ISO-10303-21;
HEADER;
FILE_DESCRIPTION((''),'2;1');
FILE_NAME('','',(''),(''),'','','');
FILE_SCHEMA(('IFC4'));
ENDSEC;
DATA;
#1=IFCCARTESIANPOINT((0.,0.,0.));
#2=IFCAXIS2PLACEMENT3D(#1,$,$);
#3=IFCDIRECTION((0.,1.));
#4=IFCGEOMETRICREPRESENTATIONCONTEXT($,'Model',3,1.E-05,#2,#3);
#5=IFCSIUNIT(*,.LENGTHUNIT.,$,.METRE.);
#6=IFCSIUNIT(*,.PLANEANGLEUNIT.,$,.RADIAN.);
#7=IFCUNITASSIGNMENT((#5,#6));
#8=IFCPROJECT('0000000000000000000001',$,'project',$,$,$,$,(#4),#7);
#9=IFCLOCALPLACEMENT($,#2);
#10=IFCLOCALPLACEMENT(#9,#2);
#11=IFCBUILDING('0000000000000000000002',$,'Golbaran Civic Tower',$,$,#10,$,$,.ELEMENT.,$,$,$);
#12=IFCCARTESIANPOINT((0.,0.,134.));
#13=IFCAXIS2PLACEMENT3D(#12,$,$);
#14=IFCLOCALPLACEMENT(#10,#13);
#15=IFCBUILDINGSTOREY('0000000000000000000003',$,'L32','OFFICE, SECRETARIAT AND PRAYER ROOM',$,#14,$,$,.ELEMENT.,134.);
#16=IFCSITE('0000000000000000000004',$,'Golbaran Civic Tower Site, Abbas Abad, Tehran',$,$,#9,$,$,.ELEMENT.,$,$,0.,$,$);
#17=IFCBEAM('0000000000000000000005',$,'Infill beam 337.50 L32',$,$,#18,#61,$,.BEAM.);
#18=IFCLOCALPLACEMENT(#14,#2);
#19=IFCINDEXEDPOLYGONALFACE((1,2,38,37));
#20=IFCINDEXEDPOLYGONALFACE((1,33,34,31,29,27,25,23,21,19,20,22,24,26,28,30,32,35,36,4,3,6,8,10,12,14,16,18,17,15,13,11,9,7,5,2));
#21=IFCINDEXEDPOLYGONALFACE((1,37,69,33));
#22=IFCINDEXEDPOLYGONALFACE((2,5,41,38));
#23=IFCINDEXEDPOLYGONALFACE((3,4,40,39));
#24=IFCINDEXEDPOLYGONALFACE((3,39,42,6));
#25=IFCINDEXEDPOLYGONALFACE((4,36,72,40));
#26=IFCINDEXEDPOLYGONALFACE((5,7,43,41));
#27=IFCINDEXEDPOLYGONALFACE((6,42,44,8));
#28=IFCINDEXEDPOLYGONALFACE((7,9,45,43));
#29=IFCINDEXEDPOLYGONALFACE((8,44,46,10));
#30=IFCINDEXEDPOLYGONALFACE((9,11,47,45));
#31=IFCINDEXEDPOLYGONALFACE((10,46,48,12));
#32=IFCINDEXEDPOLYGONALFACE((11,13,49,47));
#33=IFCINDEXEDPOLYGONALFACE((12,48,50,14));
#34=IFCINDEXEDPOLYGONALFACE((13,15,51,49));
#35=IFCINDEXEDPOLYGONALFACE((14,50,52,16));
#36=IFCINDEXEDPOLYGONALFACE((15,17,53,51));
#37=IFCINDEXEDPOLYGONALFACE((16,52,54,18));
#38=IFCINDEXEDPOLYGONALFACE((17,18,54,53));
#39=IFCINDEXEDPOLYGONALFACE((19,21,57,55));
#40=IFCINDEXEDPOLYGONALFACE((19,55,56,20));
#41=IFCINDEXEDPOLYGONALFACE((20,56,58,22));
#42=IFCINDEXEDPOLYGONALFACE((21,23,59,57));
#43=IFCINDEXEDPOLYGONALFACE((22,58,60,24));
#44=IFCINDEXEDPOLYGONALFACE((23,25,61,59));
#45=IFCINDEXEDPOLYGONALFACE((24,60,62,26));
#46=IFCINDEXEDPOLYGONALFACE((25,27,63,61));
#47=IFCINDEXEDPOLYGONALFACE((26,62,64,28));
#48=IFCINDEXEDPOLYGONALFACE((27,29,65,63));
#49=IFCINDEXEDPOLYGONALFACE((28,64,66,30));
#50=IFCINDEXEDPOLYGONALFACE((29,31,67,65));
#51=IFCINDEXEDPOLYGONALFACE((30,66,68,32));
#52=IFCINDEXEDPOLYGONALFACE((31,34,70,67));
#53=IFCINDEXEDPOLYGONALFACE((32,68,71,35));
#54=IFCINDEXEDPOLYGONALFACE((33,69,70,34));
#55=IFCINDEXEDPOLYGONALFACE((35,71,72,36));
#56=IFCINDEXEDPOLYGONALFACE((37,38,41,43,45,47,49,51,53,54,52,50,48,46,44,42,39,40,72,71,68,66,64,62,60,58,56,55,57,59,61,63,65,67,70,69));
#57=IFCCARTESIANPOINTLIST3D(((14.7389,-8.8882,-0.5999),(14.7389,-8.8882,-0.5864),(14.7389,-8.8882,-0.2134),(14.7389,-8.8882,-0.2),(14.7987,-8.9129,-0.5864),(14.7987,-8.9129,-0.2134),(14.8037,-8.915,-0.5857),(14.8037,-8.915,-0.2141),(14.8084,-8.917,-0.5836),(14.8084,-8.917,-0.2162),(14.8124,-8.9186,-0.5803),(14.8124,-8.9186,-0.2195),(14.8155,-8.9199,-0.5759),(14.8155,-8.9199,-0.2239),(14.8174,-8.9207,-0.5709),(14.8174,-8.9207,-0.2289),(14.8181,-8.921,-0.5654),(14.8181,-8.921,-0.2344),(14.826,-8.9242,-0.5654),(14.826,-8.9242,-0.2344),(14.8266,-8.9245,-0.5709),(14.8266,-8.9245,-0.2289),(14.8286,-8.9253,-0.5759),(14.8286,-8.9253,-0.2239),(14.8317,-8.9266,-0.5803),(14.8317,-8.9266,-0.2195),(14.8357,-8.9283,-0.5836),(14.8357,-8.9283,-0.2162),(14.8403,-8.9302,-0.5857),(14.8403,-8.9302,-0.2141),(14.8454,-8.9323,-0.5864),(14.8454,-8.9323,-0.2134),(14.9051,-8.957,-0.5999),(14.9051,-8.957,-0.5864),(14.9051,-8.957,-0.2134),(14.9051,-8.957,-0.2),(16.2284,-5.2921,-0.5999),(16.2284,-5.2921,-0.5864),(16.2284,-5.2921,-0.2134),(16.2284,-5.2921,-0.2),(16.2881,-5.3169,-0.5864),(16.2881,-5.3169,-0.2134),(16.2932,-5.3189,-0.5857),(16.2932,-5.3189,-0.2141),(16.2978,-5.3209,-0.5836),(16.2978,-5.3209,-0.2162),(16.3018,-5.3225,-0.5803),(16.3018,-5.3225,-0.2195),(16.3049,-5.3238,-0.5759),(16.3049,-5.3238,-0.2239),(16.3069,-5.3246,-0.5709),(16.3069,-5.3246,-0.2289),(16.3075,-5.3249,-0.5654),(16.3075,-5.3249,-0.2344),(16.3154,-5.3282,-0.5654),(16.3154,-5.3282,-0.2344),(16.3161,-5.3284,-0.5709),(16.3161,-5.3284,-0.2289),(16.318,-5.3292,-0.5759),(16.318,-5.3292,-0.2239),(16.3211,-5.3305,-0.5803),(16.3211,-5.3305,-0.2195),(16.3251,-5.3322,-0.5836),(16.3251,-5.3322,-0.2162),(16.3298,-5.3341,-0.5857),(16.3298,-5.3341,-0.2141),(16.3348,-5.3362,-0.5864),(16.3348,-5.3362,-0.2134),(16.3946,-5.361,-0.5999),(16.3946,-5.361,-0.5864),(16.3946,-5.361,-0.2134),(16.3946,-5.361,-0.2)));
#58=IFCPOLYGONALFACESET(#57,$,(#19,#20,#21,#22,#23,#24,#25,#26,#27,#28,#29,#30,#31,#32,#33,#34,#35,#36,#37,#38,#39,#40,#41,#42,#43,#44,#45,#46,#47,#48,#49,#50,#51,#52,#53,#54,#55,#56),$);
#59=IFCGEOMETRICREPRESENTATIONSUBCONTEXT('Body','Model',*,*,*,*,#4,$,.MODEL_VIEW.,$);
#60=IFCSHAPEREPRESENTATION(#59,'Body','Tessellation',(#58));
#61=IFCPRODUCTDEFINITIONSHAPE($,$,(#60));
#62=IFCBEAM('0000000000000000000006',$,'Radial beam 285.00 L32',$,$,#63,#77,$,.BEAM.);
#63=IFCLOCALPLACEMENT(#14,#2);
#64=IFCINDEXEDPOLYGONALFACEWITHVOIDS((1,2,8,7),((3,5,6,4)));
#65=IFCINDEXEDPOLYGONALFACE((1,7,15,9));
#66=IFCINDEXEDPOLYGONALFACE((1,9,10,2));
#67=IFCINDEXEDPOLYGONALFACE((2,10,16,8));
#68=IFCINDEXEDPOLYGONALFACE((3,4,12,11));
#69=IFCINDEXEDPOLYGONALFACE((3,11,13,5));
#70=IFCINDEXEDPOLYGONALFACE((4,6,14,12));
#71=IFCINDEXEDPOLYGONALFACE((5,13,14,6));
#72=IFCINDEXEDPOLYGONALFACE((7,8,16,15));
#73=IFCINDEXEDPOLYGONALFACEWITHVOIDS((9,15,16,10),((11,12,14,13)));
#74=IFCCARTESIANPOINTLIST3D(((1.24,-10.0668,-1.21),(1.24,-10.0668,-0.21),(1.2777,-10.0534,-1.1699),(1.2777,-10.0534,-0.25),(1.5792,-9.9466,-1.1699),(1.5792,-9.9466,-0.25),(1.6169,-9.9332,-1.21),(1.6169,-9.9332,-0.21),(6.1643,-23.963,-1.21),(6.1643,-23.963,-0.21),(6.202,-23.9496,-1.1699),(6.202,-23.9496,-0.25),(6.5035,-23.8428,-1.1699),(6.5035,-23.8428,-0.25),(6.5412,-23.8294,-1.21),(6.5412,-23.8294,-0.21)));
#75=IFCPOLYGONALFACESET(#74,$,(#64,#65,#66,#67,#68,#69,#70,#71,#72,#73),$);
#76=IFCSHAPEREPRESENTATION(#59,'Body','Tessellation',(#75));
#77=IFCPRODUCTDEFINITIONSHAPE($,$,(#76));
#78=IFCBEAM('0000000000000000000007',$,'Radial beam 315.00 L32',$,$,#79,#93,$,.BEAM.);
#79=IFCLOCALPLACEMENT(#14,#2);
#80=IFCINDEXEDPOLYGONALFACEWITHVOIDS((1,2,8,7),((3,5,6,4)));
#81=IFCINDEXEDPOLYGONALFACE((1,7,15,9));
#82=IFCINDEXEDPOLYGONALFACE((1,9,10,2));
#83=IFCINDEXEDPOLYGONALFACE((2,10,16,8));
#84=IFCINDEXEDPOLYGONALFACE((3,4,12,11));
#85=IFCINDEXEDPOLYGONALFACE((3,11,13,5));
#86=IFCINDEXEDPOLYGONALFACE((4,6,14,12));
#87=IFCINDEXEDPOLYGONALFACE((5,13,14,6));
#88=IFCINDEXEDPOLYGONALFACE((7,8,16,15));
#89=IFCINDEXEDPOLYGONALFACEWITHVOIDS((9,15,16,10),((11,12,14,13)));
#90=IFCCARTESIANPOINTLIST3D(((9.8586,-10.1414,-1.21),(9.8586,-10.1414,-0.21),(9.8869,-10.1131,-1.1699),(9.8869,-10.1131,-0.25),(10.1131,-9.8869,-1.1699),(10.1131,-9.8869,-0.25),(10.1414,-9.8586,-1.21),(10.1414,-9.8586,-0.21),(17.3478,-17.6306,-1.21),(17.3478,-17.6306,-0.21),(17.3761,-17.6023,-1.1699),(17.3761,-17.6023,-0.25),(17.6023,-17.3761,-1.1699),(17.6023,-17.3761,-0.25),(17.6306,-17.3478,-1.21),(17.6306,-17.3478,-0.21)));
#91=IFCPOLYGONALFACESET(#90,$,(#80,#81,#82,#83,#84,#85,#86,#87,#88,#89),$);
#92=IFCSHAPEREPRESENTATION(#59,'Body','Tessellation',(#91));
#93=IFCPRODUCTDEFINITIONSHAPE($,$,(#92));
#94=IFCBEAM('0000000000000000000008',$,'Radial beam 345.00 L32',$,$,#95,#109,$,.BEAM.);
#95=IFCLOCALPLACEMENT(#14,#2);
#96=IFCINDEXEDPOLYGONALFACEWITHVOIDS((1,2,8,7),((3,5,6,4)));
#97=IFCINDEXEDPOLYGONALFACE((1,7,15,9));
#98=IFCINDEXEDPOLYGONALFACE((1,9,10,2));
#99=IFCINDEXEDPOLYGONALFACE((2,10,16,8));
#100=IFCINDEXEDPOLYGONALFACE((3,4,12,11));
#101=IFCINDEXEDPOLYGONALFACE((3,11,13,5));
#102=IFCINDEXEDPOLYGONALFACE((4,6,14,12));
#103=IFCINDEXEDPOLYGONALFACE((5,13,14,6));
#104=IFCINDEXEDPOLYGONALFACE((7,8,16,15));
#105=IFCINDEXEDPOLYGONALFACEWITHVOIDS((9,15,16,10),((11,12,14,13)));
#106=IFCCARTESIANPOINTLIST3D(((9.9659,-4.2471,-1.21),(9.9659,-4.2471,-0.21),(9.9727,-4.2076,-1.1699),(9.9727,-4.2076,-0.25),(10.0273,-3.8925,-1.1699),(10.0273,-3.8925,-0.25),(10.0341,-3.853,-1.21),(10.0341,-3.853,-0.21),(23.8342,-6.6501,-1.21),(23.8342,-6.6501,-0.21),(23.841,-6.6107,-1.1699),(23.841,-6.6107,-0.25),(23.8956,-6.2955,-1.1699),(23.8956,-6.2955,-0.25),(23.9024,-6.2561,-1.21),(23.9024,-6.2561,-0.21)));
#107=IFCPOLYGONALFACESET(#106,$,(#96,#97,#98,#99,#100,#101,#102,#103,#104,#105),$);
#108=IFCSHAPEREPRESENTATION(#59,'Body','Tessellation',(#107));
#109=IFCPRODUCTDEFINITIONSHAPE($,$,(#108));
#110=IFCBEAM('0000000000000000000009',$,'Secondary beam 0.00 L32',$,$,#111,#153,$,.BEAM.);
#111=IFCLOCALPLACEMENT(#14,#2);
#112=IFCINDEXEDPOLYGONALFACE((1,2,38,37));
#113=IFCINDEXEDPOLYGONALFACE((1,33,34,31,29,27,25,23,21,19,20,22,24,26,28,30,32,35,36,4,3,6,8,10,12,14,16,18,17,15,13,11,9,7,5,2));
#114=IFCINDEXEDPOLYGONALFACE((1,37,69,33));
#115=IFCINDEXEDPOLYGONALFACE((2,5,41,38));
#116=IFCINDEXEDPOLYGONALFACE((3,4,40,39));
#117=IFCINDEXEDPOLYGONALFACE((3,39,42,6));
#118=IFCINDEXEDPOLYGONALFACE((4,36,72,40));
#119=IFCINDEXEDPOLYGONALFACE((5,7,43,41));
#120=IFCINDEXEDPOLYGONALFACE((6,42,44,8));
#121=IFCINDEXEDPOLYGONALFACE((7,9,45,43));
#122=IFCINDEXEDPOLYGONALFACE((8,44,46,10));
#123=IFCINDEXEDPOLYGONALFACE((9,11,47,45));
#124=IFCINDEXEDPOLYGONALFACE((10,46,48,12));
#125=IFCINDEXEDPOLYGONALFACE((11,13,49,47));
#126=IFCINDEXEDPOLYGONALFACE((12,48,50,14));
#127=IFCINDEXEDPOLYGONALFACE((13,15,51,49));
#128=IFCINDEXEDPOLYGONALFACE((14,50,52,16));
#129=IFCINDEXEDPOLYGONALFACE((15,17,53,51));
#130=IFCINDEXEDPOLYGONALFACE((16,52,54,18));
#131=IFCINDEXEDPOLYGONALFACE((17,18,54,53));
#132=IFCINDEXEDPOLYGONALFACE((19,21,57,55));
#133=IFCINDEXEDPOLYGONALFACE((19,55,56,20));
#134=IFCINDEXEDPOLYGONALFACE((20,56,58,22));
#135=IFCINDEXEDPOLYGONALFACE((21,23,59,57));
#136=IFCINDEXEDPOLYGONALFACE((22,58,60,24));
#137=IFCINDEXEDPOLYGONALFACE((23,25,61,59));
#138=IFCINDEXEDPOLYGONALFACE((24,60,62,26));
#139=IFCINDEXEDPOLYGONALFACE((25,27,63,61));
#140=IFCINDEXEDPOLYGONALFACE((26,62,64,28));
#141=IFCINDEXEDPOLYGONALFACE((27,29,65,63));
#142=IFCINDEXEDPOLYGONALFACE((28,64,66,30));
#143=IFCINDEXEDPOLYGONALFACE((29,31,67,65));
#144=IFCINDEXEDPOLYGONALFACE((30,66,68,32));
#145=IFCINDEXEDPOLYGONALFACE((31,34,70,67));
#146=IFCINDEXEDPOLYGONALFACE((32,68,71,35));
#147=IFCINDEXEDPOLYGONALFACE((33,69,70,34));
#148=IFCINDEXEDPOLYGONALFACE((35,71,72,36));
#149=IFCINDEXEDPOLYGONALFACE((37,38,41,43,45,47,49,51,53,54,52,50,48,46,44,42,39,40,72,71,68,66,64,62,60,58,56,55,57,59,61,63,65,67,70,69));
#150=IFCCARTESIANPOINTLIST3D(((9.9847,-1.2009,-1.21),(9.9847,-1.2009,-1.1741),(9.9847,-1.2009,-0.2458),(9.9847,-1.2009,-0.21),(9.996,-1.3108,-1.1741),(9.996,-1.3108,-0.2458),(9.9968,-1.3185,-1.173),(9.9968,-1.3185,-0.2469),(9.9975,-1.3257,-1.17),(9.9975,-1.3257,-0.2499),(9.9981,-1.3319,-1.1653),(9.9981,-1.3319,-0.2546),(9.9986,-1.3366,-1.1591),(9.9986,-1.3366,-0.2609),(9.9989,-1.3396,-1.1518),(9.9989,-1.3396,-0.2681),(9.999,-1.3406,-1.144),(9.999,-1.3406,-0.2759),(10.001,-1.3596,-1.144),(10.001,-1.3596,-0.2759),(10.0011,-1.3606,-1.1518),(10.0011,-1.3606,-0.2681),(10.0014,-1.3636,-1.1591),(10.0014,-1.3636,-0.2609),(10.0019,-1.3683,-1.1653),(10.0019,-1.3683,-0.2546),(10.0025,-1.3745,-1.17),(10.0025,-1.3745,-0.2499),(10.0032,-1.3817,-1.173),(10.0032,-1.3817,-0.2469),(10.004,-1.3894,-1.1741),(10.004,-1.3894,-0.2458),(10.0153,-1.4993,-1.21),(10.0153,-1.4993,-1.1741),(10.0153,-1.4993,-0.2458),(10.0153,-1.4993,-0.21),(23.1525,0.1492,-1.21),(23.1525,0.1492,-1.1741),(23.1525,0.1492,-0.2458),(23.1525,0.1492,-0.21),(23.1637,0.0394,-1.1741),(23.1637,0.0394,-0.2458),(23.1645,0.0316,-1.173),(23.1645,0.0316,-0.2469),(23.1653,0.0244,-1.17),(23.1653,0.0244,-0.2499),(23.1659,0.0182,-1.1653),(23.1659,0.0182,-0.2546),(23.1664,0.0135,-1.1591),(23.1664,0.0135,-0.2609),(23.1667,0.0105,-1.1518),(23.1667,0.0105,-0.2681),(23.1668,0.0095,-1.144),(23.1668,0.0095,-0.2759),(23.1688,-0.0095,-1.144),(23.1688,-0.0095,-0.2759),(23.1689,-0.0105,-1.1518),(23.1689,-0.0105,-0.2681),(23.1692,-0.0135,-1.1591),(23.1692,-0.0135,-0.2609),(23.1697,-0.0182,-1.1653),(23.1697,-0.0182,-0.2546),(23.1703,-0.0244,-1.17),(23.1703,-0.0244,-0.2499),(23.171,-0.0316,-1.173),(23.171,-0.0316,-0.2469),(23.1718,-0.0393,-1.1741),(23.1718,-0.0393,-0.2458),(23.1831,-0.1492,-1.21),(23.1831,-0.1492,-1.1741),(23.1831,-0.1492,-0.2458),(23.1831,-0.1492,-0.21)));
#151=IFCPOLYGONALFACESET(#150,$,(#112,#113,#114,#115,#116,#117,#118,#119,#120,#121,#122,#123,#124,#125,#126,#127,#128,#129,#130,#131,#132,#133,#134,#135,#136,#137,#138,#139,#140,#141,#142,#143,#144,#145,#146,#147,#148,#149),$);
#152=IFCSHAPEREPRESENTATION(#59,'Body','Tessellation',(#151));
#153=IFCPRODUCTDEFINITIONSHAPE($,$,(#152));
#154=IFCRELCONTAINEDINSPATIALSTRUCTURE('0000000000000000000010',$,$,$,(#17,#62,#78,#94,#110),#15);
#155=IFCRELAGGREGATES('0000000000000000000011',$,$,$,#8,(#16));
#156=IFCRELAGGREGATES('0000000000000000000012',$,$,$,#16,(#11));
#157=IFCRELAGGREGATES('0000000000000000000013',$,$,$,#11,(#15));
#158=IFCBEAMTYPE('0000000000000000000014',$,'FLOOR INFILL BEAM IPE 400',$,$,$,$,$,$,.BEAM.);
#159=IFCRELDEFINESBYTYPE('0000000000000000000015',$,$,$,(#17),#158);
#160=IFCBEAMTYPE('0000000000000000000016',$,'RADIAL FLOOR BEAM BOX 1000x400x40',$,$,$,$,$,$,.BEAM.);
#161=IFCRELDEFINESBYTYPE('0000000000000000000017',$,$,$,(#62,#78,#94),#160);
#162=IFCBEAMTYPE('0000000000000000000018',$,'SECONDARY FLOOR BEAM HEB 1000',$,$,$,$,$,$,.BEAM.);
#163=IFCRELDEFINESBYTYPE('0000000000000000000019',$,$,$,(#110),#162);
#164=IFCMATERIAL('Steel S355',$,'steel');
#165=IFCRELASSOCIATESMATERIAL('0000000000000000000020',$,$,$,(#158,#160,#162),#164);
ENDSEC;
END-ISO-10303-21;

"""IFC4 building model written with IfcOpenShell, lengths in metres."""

from ifc_helpers import new_model, si_unit, direction, frame, origin, origin_2d, place, context, subcontext, project, spatial, hollow_rectangle, i_section, extrude, material, material_profile, profile_set, type_object, element, save


model = new_model("IFC4")

# Units and contexts
model_context = context("Model", 3, precision=1e-05, world=origin(), true_north=direction((0.0, 1.0)))
body_context = subcontext(model_context, "Body", "Model", "MODEL_VIEW")
ifc_project = project(units=[si_unit("LENGTHUNIT", "METRE"), si_unit("PLANEANGLEUNIT", "RADIAN")], contexts=[model_context])

# Site, building, storey
site_placement = place(None, origin())
site = spatial("IfcSite", under=ifc_project, at=site_placement, Name="Golbaran Civic Tower Site, Abbas Abad, Tehran", CompositionType="ELEMENT", RefElevation=0.0)
building_placement = place(site_placement, origin())
building = spatial("IfcBuilding", under=site, at=building_placement, Name="Golbaran Civic Tower", CompositionType="ELEMENT")
storey_placement = place(building_placement, frame((0.0, 0.0, 134.0)))
storey = spatial("IfcBuildingStorey", under=building, at=storey_placement, Name="L32", Description="OFFICE, SECRETARIAT AND PRAYER ROOM", CompositionType="ELEMENT", Elevation=134.0)

# Beams
ifc_material_1 = material(Name="Steel S355", Category="steel")
ifc_material_profile_1 = material_profile(ifc_material_1, i_section(OverallWidth=0.1799, OverallDepth=0.3999, WebThickness=0.0085, FlangeThickness=0.0134, FilletRadius=0.021, at=origin_2d()), Name="IPE 400")
ifc_profile_set_1 = profile_set([ifc_material_profile_1], Name="Steel S355")
beam_type_1 = type_object("IfcBeamType", Name="FLOOR INFILL BEAM IPE 400", PredefinedType="BEAM", material=ifc_profile_set_1)
beam_1_placement = place(storey_placement, frame((14.822, -8.9226, -0.3999), z_axis=(0.382664, 0.923888, 0.0), x_axis=(-0.923888, 0.382664, 0.0)))
element("IfcBeam", 1, at=beam_1_placement, inside=storey, type_object=beam_type_1, Name="Infill beam 337.50 L32", PredefinedType="BEAM", context=body_context, shape_type="SweptSolid", body=[
    extrude(i_section(OverallWidth=0.1799, OverallDepth=0.3999, WebThickness=0.0085, FlangeThickness=0.0134, FilletRadius=0.021, at=origin_2d()), origin(), (0.0, 0.0, 1.0), 3.8923),
])
ifc_material_profile_2 = material_profile(ifc_material_1, hollow_rectangle(XDim=0.3999, YDim=1.0, WallThickness=0.04, at=origin_2d()), Name="BOX 1000x400x40")
ifc_profile_set_2 = profile_set([ifc_material_profile_2], Name="Steel S355")
beam_type_2 = type_object("IfcBeamType", Name="RADIAL FLOOR BEAM BOX 1000x400x40", PredefinedType="BEAM", material=ifc_profile_set_2)
beam_2_placement = place(storey_placement, frame((1.4285, -10.0, -0.71), z_axis=(0.334012, -0.942569, 0.0), x_axis=(0.942569, 0.334012, 0.0)))
element("IfcBeam", 2, at=beam_2_placement, inside=storey, type_object=beam_type_2, Name="Radial beam 285.00 L32", PredefinedType="BEAM", context=body_context, shape_type="SweptSolid", body=[
    extrude(hollow_rectangle(XDim=0.3999, YDim=1.0, WallThickness=0.04, at=origin_2d()), origin(), (0.0, 0.0, 1.0), 14.7429),
])
beam_3_placement = place(storey_placement, frame((10.0, -10.0, -0.71), z_axis=(0.707107, -0.707107, 0.0), x_axis=(0.707107, 0.707107, 0.0)))
element("IfcBeam", 3, at=beam_3_placement, inside=storey, type_object=beam_type_2, Name="Radial beam 315.00 L32", PredefinedType="BEAM", context=body_context, shape_type="SweptSolid", body=[
    extrude(hollow_rectangle(XDim=0.3999, YDim=1.0, WallThickness=0.04, at=origin_2d()), origin(), (0.0, 0.0, 1.0), 10.5913),
])
beam_4_placement = place(storey_placement, frame((10.0, -4.05, -0.71), z_axis=(0.985317, -0.170733, 0.0), x_axis=(0.170733, 0.985317, 0.0)))
element("IfcBeam", 4, at=beam_4_placement, inside=storey, type_object=beam_type_2, Name="Radial beam 345.00 L32", PredefinedType="BEAM", context=body_context, shape_type="SweptSolid", body=[
    extrude(hollow_rectangle(XDim=0.3999, YDim=1.0, WallThickness=0.04, at=origin_2d()), origin(), (0.0, 0.0, 1.0), 14.075),
])
ifc_material_profile_3 = material_profile(ifc_material_1, i_section(OverallWidth=0.3, OverallDepth=1.0, WebThickness=0.019, FlangeThickness=0.0359, FilletRadius=0.03, at=origin_2d()), Name="HEB 1000")
ifc_profile_set_3 = profile_set([ifc_material_profile_3], Name="Steel S355")
beam_type_3 = type_object("IfcBeamType", Name="SECONDARY FLOOR BEAM HEB 1000", PredefinedType="BEAM", material=ifc_profile_set_3)
beam_5_placement = place(storey_placement, frame((10.0, -1.3501, -0.71), z_axis=(0.994785, 0.101996, 0.0), x_axis=(-0.101996, 0.994785, 0.0)))
element("IfcBeam", 5, at=beam_5_placement, inside=storey, type_object=beam_type_3, Name="Secondary beam 0.00 L32", PredefinedType="BEAM", context=body_context, shape_type="SweptSolid", body=[
    extrude(i_section(OverallWidth=0.3, OverallDepth=1.0, WebThickness=0.019, FlangeThickness=0.0359, FilletRadius=0.03, at=origin_2d()), origin(), (0.0, 0.0, 1.0), 13.2368),
])

save(model, "model.ifc")
